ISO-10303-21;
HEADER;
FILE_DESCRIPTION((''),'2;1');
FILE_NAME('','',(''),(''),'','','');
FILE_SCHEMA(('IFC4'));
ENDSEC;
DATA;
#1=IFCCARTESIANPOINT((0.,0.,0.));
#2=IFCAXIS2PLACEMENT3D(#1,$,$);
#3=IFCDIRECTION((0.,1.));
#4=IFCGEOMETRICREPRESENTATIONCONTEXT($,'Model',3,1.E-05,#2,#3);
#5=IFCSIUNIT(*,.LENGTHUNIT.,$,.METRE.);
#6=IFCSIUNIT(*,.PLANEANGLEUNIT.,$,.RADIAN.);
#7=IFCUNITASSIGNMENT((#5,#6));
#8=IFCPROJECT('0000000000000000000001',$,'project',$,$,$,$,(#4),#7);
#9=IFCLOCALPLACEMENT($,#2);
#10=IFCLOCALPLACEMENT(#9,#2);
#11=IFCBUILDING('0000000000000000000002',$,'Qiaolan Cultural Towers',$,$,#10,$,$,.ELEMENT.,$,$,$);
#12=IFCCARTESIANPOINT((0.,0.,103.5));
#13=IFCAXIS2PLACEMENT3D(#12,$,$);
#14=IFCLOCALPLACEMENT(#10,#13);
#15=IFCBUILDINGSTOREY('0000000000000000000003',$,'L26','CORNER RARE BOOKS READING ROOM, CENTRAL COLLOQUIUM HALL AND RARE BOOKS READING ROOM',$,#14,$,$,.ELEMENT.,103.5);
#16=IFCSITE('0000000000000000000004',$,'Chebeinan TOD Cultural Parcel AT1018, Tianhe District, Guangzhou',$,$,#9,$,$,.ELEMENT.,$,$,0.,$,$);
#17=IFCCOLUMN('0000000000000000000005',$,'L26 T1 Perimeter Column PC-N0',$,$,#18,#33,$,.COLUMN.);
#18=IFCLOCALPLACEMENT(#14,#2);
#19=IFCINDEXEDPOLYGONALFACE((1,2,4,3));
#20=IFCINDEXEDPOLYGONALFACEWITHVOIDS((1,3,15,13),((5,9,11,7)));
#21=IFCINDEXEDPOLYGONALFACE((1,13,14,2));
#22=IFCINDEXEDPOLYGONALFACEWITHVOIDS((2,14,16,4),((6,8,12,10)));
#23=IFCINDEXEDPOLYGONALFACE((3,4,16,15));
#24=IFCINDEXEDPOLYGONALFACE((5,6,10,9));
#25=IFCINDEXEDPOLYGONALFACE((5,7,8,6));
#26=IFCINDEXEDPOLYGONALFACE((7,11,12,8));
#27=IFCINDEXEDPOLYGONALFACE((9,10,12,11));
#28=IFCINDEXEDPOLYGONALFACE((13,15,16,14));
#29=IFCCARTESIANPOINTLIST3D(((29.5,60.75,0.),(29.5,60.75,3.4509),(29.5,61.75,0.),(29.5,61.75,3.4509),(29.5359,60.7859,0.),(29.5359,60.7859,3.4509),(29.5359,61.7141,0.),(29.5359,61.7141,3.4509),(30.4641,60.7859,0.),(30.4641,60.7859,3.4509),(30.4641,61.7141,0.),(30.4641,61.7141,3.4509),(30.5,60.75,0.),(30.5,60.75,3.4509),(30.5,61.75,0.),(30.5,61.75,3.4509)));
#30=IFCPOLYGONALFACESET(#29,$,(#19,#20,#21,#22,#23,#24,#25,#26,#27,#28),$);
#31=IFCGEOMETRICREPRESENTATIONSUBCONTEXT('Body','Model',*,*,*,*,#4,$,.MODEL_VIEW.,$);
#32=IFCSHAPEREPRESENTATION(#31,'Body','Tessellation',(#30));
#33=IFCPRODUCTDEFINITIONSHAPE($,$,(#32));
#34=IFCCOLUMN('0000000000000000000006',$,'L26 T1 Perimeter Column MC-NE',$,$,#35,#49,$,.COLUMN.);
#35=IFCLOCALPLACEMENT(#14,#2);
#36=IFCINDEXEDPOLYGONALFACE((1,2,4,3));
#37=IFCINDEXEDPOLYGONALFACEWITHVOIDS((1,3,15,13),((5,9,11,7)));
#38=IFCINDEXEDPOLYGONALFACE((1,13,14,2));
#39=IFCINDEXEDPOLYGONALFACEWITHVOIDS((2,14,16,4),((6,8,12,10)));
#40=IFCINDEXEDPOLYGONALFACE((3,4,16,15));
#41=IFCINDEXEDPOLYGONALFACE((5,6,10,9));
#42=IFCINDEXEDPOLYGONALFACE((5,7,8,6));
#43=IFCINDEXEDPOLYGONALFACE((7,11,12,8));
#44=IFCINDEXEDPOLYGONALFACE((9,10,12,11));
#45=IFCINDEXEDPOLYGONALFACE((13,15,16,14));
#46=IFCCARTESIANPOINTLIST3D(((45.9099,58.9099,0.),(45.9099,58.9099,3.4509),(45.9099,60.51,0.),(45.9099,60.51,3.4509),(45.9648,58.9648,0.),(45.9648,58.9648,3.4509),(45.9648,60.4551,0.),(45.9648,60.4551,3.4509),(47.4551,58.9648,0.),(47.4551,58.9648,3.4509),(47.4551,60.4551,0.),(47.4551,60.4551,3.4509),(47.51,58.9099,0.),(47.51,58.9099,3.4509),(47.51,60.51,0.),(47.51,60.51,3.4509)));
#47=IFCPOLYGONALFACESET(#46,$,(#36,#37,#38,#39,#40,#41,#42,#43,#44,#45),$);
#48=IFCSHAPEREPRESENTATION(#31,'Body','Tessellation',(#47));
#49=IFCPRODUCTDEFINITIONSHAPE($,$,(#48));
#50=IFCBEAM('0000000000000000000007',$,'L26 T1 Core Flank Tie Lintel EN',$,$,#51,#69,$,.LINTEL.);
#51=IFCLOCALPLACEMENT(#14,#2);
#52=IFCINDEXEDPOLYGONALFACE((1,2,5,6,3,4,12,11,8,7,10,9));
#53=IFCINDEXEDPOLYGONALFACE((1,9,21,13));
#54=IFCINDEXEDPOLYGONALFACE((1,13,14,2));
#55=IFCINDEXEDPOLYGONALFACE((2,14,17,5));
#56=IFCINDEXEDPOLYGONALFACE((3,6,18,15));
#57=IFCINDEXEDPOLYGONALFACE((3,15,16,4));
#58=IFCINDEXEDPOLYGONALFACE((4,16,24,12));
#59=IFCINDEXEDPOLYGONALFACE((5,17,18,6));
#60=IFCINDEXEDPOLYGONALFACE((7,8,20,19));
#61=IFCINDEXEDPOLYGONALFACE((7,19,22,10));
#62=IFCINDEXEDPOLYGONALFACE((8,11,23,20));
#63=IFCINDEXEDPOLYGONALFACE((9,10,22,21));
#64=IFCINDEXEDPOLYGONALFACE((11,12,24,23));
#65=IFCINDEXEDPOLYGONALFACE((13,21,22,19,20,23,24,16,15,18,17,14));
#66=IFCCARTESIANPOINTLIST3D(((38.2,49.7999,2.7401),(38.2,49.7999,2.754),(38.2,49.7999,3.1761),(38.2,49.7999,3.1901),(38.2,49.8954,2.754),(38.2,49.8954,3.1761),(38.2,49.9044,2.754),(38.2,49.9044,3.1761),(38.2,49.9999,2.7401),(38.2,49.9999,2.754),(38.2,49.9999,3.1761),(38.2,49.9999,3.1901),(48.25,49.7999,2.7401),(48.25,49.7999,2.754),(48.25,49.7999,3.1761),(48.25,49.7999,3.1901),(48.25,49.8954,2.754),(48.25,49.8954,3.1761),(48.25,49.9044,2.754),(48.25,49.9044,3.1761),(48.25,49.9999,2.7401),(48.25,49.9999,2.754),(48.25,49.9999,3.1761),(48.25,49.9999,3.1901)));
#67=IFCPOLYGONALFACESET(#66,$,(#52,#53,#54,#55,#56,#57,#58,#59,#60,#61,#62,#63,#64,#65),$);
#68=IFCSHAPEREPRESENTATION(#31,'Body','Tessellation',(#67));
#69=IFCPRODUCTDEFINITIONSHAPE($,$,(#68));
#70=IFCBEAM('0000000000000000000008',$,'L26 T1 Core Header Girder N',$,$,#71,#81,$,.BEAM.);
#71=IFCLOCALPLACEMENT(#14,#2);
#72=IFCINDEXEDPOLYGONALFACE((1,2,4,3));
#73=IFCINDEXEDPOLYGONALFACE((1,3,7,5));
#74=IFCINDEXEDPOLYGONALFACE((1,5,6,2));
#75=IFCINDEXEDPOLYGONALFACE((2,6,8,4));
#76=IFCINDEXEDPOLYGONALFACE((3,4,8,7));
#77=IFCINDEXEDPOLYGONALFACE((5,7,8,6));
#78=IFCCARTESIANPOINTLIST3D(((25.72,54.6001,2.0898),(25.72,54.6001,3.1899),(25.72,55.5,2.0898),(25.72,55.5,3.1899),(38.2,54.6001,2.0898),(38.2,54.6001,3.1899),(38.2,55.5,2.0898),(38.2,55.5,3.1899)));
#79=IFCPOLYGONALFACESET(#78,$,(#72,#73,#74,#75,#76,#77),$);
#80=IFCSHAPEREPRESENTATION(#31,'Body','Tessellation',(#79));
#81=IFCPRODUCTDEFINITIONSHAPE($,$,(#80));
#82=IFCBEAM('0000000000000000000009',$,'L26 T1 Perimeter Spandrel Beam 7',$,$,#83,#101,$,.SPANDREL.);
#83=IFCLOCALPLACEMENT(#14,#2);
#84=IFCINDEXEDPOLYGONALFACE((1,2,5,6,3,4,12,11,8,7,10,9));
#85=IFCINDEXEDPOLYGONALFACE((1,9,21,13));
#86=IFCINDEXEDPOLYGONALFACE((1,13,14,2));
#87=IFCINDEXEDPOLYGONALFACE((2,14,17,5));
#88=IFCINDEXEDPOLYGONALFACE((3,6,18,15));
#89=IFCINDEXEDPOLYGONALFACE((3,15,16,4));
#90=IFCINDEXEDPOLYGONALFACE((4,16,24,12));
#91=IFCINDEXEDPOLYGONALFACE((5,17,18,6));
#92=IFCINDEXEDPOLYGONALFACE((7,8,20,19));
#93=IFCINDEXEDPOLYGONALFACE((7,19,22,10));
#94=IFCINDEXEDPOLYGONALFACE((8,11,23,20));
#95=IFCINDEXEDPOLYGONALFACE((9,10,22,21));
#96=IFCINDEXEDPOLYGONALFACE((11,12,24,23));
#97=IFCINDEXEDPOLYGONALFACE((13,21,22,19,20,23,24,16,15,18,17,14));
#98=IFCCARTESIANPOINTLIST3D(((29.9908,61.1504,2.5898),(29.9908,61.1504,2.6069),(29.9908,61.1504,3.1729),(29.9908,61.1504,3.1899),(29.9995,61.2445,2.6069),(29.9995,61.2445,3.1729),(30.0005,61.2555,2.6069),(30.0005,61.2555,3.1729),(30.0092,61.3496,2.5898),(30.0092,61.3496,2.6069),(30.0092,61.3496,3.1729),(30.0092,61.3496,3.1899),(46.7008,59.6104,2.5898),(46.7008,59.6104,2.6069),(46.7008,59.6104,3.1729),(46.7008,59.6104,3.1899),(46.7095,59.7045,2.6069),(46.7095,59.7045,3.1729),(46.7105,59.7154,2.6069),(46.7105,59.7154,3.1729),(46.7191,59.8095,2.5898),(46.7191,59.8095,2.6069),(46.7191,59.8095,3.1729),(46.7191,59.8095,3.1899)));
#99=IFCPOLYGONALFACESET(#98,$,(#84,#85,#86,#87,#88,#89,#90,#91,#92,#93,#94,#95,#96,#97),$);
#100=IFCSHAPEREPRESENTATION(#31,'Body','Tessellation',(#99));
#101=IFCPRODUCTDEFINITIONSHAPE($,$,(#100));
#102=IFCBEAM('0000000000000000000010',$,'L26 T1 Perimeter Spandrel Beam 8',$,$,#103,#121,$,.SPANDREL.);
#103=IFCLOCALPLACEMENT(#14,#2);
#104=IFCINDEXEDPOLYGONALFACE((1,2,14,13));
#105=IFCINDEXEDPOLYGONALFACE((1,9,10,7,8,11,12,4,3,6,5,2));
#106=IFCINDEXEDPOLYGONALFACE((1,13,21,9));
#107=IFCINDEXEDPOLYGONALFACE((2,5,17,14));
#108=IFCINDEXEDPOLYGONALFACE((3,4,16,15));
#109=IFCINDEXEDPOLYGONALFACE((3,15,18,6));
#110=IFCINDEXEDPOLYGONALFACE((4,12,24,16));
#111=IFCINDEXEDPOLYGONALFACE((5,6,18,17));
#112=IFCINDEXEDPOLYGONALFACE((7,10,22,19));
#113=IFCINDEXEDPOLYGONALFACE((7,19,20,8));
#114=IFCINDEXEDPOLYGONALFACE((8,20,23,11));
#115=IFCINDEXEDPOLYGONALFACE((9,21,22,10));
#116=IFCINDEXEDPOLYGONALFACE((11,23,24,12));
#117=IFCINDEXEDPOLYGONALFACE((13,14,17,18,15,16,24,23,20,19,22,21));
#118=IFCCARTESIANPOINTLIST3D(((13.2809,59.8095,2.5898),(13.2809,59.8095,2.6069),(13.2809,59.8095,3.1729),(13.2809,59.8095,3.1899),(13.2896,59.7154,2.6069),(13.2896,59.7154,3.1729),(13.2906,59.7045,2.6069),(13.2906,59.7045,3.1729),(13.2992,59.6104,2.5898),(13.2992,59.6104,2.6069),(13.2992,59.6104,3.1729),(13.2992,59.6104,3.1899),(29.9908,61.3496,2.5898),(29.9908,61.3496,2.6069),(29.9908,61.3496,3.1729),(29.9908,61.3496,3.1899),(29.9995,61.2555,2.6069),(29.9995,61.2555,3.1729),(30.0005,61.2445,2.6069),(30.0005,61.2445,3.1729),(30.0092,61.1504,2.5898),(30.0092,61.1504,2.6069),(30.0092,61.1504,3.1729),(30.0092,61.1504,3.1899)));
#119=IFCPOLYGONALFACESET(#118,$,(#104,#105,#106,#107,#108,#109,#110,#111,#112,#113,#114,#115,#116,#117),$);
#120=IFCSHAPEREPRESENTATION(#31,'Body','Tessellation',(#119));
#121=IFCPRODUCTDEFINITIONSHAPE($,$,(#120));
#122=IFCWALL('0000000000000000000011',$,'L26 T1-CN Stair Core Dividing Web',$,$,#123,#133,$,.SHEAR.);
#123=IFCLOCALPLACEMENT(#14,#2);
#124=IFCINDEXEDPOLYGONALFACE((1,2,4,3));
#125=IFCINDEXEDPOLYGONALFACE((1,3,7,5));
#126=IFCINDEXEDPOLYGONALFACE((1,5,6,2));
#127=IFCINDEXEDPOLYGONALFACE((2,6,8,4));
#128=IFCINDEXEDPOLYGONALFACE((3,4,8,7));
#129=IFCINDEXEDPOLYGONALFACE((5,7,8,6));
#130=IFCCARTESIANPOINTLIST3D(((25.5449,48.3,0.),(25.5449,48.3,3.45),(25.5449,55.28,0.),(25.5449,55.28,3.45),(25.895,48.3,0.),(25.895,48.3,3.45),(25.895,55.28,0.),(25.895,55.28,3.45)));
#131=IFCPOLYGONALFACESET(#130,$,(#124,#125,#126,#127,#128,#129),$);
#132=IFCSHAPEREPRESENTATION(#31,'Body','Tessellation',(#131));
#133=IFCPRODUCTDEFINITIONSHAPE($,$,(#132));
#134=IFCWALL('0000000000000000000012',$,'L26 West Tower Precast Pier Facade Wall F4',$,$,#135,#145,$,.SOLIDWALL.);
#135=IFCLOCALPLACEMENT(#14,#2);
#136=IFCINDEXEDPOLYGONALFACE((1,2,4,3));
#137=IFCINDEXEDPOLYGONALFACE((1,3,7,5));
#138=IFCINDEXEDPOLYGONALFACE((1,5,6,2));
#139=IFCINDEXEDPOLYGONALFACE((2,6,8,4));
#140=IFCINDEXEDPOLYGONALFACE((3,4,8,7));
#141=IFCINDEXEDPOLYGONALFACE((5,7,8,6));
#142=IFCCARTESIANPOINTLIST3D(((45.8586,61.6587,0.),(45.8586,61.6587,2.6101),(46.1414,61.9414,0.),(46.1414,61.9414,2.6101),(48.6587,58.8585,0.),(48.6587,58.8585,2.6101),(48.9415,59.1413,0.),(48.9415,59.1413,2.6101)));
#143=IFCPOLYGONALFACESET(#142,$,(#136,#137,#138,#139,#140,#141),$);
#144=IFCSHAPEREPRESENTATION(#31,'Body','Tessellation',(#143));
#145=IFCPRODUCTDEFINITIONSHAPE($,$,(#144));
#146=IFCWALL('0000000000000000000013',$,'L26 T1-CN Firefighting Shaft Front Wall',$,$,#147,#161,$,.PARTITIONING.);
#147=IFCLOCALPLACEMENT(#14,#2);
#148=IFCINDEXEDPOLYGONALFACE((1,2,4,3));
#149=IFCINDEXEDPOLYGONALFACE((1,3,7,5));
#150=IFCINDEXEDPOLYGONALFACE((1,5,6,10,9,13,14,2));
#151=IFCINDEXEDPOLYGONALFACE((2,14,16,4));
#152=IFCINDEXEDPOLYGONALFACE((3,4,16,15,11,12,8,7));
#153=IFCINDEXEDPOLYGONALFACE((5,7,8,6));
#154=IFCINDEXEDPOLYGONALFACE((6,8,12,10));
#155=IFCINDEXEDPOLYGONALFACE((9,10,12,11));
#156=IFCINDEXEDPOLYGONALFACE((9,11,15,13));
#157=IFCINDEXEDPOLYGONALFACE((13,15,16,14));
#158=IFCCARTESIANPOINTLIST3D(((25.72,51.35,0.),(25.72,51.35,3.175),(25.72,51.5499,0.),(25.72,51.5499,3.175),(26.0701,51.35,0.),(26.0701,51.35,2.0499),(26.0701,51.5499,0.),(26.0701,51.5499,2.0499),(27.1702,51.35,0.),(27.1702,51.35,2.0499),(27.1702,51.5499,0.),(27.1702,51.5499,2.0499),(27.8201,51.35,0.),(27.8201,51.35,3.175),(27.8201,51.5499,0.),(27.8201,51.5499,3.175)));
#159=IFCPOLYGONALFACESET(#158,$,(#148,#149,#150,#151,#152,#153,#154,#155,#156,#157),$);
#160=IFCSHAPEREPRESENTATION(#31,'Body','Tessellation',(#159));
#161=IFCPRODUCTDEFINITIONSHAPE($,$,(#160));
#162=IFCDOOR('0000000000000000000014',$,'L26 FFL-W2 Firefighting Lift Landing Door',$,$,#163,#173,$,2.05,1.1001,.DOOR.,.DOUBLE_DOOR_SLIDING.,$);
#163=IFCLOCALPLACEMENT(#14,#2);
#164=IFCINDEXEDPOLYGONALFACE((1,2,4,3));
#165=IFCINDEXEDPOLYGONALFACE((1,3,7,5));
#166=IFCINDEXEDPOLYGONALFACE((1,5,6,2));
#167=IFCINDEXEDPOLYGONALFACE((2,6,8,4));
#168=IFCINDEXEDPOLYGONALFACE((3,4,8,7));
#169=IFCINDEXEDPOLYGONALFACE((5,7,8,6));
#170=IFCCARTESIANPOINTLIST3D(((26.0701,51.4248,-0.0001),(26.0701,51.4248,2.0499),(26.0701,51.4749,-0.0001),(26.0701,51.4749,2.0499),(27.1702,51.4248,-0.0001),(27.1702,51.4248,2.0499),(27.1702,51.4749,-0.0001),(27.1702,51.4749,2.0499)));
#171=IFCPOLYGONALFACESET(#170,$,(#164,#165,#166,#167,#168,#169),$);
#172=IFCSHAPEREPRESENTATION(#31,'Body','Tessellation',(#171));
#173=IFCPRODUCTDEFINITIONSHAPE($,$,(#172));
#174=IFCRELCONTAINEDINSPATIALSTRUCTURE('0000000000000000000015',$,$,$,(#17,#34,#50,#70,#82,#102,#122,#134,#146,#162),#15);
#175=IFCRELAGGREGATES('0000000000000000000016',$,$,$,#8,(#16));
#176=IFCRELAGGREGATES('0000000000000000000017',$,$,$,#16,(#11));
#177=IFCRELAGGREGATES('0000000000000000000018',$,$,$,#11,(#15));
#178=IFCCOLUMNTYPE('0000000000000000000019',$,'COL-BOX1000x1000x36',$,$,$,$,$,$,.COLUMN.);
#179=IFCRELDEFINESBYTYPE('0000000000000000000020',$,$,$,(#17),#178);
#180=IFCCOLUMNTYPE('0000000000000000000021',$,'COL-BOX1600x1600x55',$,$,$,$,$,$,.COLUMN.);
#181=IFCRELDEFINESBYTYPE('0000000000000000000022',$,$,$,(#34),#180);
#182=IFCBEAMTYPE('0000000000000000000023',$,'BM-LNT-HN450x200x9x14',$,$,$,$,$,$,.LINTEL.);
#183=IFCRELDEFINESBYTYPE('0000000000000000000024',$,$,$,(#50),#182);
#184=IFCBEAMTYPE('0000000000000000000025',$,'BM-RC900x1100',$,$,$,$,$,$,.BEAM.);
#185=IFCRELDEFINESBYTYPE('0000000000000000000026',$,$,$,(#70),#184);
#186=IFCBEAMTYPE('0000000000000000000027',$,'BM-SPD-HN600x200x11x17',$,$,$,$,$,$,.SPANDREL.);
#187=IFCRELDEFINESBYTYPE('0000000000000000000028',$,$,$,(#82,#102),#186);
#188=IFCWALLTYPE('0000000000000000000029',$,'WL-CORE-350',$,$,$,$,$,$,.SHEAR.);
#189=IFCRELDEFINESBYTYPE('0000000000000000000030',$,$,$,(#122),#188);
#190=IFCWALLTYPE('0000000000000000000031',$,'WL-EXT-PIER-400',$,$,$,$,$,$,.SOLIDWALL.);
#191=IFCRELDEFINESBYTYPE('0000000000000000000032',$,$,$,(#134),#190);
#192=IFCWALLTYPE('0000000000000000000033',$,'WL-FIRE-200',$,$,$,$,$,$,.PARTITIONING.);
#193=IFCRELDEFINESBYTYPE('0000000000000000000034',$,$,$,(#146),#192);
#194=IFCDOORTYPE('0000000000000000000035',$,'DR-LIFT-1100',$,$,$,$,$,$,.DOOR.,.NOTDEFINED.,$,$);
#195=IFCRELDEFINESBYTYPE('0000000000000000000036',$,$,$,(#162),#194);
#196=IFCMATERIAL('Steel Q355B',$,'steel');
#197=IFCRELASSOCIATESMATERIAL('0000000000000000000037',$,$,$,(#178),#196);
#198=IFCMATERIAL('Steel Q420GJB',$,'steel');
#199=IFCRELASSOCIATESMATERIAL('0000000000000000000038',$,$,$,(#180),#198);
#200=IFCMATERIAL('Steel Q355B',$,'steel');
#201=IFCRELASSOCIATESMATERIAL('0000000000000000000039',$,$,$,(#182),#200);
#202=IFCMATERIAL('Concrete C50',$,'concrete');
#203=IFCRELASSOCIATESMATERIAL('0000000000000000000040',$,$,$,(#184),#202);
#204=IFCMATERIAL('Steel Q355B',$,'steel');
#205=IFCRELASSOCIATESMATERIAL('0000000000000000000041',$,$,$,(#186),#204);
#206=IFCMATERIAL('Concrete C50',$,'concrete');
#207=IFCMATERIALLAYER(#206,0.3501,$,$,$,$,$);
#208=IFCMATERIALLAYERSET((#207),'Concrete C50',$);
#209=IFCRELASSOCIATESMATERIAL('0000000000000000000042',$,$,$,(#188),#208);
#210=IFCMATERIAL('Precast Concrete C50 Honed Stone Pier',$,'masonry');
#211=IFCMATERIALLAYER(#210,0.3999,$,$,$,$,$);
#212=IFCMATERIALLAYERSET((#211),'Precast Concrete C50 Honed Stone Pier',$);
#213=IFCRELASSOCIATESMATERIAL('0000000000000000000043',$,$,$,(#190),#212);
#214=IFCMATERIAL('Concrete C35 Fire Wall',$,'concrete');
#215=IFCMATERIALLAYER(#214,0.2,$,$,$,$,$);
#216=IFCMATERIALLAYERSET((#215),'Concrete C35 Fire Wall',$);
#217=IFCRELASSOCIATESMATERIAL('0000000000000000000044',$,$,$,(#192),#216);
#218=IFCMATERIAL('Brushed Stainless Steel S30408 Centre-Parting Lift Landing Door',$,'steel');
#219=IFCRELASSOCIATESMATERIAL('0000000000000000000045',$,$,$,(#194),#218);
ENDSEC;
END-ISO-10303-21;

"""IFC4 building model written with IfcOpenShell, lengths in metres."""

from ifc_helpers import new_model, si_unit, direction, frame, frame_2d, origin, origin_2d, place, context, subcontext, project, spatial, rectangle, hollow_rectangle, i_section, extrude, material, layer, layer_set, material_profile, profile_set, type_object, element, fill, save


model = new_model("IFC4")

# Units and contexts
model_context = context("Model", 3, precision=1e-05, world=origin(), true_north=direction((0.0, 1.0)))
body_context = subcontext(model_context, "Body", "Model", "MODEL_VIEW")
ifc_project = project(units=[si_unit("LENGTHUNIT", "METRE"), si_unit("PLANEANGLEUNIT", "RADIAN")], contexts=[model_context])

# Site, building, storey
site_placement = place(None, origin())
site = spatial("IfcSite", under=ifc_project, at=site_placement, Name="Chebeinan TOD Cultural Parcel AT1018, Tianhe District, Guangzhou", CompositionType="ELEMENT", RefElevation=0.0)
building_placement = place(site_placement, origin())
building = spatial("IfcBuilding", under=site, at=building_placement, Name="Qiaolan Cultural Towers", CompositionType="ELEMENT")
storey_placement = place(building_placement, frame((0.0, 0.0, 103.5)))
storey = spatial("IfcBuildingStorey", under=building, at=storey_placement, Name="L26", Description="CORNER RARE BOOKS READING ROOM, CENTRAL COLLOQUIUM HALL AND RARE BOOKS READING ROOM", CompositionType="ELEMENT", Elevation=103.5)

# Columns
ifc_material_1 = material(Name="Steel Q355B", Category="steel")
ifc_material_profile_1 = material_profile(ifc_material_1, hollow_rectangle(XDim=1.0, YDim=1.0, WallThickness=0.0359, at=origin_2d()), Name="BOX1000x1000x36")
ifc_profile_set_1 = profile_set([ifc_material_profile_1], Name="Steel Q355B")
column_type_1 = type_object("IfcColumnType", Name="COL-BOX1000x1000x36", PredefinedType="COLUMN", material=ifc_profile_set_1)
column_1_placement = place(storey_placement, frame((30.0, 61.25, 0.0), z_axis=(0.0, 0.0, 1.0), x_axis=(1.0, 0.0, 0.0)))
element("IfcColumn", 1, at=column_1_placement, inside=storey, type_object=column_type_1, Name="L26 T1 Perimeter Column PC-N0", PredefinedType="COLUMN", context=body_context, shape_type="SweptSolid", body=[
    extrude(hollow_rectangle(XDim=1.0, YDim=1.0, WallThickness=0.0359, at=origin_2d()), origin(), (0.0, 0.0, 1.0), 3.4509),
])
ifc_material_2 = material(Name="Steel Q420GJB", Category="steel")
ifc_material_profile_2 = material_profile(ifc_material_2, hollow_rectangle(XDim=1.6001, YDim=1.6001, WallThickness=0.0549, at=origin_2d()), Name="BOX1600x1600x55")
ifc_profile_set_2 = profile_set([ifc_material_profile_2], Name="Steel Q420GJB")
column_type_2 = type_object("IfcColumnType", Name="COL-BOX1600x1600x55", PredefinedType="COLUMN", material=ifc_profile_set_2)
column_2_placement = place(storey_placement, frame((46.71, 59.71, 0.0), z_axis=(0.0, 0.0, 1.0), x_axis=(1.0, 0.0, 0.0)))
element("IfcColumn", 2, at=column_2_placement, inside=storey, type_object=column_type_2, Name="L26 T1 Perimeter Column MC-NE", PredefinedType="COLUMN", context=body_context, shape_type="SweptSolid", body=[
    extrude(hollow_rectangle(XDim=1.6001, YDim=1.6001, WallThickness=0.0549, at=origin_2d()), origin(), (0.0, 0.0, 1.0), 3.4509),
])

# Beams
ifc_material_3 = material(Name="Steel Q355B", Category="steel")
ifc_material_profile_3 = material_profile(ifc_material_3, i_section(OverallWidth=0.2, OverallDepth=0.45, WebThickness=0.009, FlangeThickness=0.0139, at=origin_2d()), Name="HN450x200x9x14")
ifc_profile_set_3 = profile_set([ifc_material_profile_3], Name="Steel Q355B")
beam_type_1 = type_object("IfcBeamType", Name="BM-LNT-HN450x200x9x14", PredefinedType="LINTEL", material=ifc_profile_set_3)
beam_1_placement = place(storey_placement, frame((38.2, 49.8999, 2.9651), z_axis=(1.0, 0.0, 0.0), x_axis=(0.0, 1.0, 0.0)))
element("IfcBeam", 3, at=beam_1_placement, inside=storey, type_object=beam_type_1, Name="L26 T1 Core Flank Tie Lintel EN", PredefinedType="LINTEL", context=body_context, shape_type="SweptSolid", body=[
    extrude(i_section(OverallWidth=0.2, OverallDepth=0.45, WebThickness=0.009, FlangeThickness=0.0139, at=origin_2d()), origin(), (0.0, 0.0, 1.0), 10.05),
])
ifc_material_4 = material(Name="Concrete C50", Category="concrete")
ifc_material_profile_4 = material_profile(ifc_material_4, rectangle(XDim=0.8999, YDim=1.1001, at=origin_2d()), Name="RC900x1100")
ifc_profile_set_4 = profile_set([ifc_material_profile_4], Name="Concrete C50")
beam_type_2 = type_object("IfcBeamType", Name="BM-RC900x1100", PredefinedType="BEAM", material=ifc_profile_set_4)
beam_2_placement = place(storey_placement, frame((25.72, 55.05, 2.6399), z_axis=(1.0, 0.0, 0.0), x_axis=(0.0, 1.0, 0.0)))
element("IfcBeam", 4, at=beam_2_placement, inside=storey, type_object=beam_type_2, Name="L26 T1 Core Header Girder N", PredefinedType="BEAM", context=body_context, shape_type="SweptSolid", body=[
    extrude(rectangle(XDim=0.8999, YDim=1.1001, at=origin_2d()), origin(), (0.0, 0.0, 1.0), 12.48),
])
ifc_material_5 = material(Name="Steel Q355B", Category="steel")
ifc_material_profile_5 = material_profile(ifc_material_5, i_section(OverallWidth=0.2, OverallDepth=0.6001, WebThickness=0.011, FlangeThickness=0.0171, at=origin_2d()), Name="HN600x200x11x17")
ifc_profile_set_5 = profile_set([ifc_material_profile_5], Name="Steel Q355B")
beam_type_3 = type_object("IfcBeamType", Name="BM-SPD-HN600x200x11x17", PredefinedType="SPANDREL", material=ifc_profile_set_5)
for number, where, z_axis, x_axis, name in (
    (5, (46.71, 59.71, 2.8899), (-0.99578, 0.091774, 0.0), (-0.091774, -0.99578, 0.0), "L26 T1 Perimeter Spandrel Beam 7"),
    (6, (30.0, 61.25, 2.8899), (-0.99578, -0.091774, 0.0), (0.091774, -0.99578, 0.0), "L26 T1 Perimeter Spandrel Beam 8"),
):
    element("IfcBeam", number, at=place(storey_placement, frame(where, z_axis=z_axis, x_axis=x_axis)), inside=storey, type_object=beam_type_3, Name=name, PredefinedType="SPANDREL", context=body_context, shape_type="SweptSolid", body=[
        extrude(i_section(OverallWidth=0.2, OverallDepth=0.6001, WebThickness=0.011, FlangeThickness=0.0171, at=origin_2d()), origin(), (0.0, 0.0, 1.0), 16.7808),
    ])

# Walls
ifc_material_6 = material(Name="Concrete C50", Category="concrete")
ifc_layer_1 = layer(ifc_material_6, 0.3501)
ifc_layer_set_1 = layer_set([ifc_layer_1], Name="Concrete C50")
wall_type_1 = type_object("IfcWallType", Name="WL-CORE-350", PredefinedType="SHEAR", material=ifc_layer_set_1)
wall_1_placement = place(storey_placement, frame((25.72, 48.3, 0.0), z_axis=(0.0, 0.0, 1.0), x_axis=(0.0, 1.0, 0.0)))
element("IfcWall", 7, at=wall_1_placement, inside=storey, type_object=wall_type_1, Name="L26 T1-CN Stair Core Dividing Web", PredefinedType="SHEAR", context=body_context, shape_type="SweptSolid", body=[
    extrude(rectangle(XDim=6.98, YDim=0.3501, at=frame_2d((3.49, 0.0))), origin(), (0.0, 0.0, 1.0), 3.45),
])
ifc_material_7 = material(Name="Precast Concrete C50 Honed Stone Pier", Category="masonry")
ifc_layer_2 = layer(ifc_material_7, 0.3999)
ifc_layer_set_2 = layer_set([ifc_layer_2], Name="Precast Concrete C50 Honed Stone Pier")
wall_type_2 = type_object("IfcWallType", Name="WL-EXT-PIER-400", PredefinedType="SOLIDWALL", material=ifc_layer_set_2)
wall_2_placement = place(storey_placement, frame((46.0, 61.8, 0.0), z_axis=(0.0, 0.0, 1.0), x_axis=(0.707107, -0.707107, 0.0)))
element("IfcWall", 8, at=wall_2_placement, inside=storey, type_object=wall_type_2, Name="L26 West Tower Precast Pier Facade Wall F4", PredefinedType="SOLIDWALL", context=body_context, shape_type="SweptSolid", body=[
    extrude(rectangle(XDim=3.96, YDim=0.3999, at=frame_2d((1.98, 0.0))), origin(), (0.0, 0.0, 1.0), 2.6101),
])

# Wall, opening, door
ifc_material_8 = material(Name="Concrete C35 Fire Wall", Category="concrete")
ifc_layer_3 = layer(ifc_material_8, 0.2)
ifc_layer_set_3 = layer_set([ifc_layer_3], Name="Concrete C35 Fire Wall")
wall_type_3 = type_object("IfcWallType", Name="WL-FIRE-200", PredefinedType="PARTITIONING", material=ifc_layer_set_3)
wall_3_placement = place(storey_placement, frame((25.72, 51.45, 0.0), z_axis=(0.0, 0.0, 1.0), x_axis=(1.0, 0.0, 0.0)))
wall_3 = element("IfcWall", 9, at=wall_3_placement, inside=storey, type_object=wall_type_3, Name="L26 T1-CN Firefighting Shaft Front Wall", PredefinedType="PARTITIONING", context=body_context, shape_type="SweptSolid", body=[
    extrude(rectangle(XDim=2.1001, YDim=0.2, at=frame_2d((1.05, 0.0))), origin(), (0.0, 0.0, 1.0), 3.175),
])
opening_1_placement = place(wall_3_placement, frame((0.3501, 0.0, 0.0)))
opening_1 = element("IfcOpeningElement", 10, at=opening_1_placement, cuts=wall_3, PredefinedType="OPENING", context=body_context, shape_type="SweptSolid", body=[
    extrude(rectangle(XDim=1.1001, YDim=2.05, at=frame_2d((0.55, 1.0249))), frame((0.0, 0.1099, 0.0), z_axis=(0.0, -1.0, 0.0), x_axis=(1.0, 0.0, 0.0)), (0.0, 0.0, 1.0), 0.22),
])
ifc_material_9 = material(Name="Brushed Stainless Steel S30408 Centre-Parting Lift Landing Door", Category="steel")
door_type_1 = type_object("IfcDoorType", Name="DR-LIFT-1100", OperationType="NOTDEFINED", PredefinedType="DOOR", material=ifc_material_9)
door_1_placement = place(opening_1_placement, origin())
door_1 = element("IfcDoor", 11, at=door_1_placement, inside=storey, type_object=door_type_1, Name="L26 FFL-W2 Firefighting Lift Landing Door", OperationType="DOUBLE_DOOR_SLIDING", OverallHeight=2.05, OverallWidth=1.1001, PredefinedType="DOOR", context=body_context, shape_type="SweptSolid", body=[
    extrude(rectangle(XDim=1.1001, YDim=2.05, at=frame_2d((0.55, 1.0249))), frame((0.0, 0.0249, 0.0), z_axis=(0.0, -1.0, 0.0), x_axis=(1.0, 0.0, 0.0)), (0.0, 0.0, 1.0), 0.05),
])
fill(opening_1, door_1)

save(model, "model.ifc")
